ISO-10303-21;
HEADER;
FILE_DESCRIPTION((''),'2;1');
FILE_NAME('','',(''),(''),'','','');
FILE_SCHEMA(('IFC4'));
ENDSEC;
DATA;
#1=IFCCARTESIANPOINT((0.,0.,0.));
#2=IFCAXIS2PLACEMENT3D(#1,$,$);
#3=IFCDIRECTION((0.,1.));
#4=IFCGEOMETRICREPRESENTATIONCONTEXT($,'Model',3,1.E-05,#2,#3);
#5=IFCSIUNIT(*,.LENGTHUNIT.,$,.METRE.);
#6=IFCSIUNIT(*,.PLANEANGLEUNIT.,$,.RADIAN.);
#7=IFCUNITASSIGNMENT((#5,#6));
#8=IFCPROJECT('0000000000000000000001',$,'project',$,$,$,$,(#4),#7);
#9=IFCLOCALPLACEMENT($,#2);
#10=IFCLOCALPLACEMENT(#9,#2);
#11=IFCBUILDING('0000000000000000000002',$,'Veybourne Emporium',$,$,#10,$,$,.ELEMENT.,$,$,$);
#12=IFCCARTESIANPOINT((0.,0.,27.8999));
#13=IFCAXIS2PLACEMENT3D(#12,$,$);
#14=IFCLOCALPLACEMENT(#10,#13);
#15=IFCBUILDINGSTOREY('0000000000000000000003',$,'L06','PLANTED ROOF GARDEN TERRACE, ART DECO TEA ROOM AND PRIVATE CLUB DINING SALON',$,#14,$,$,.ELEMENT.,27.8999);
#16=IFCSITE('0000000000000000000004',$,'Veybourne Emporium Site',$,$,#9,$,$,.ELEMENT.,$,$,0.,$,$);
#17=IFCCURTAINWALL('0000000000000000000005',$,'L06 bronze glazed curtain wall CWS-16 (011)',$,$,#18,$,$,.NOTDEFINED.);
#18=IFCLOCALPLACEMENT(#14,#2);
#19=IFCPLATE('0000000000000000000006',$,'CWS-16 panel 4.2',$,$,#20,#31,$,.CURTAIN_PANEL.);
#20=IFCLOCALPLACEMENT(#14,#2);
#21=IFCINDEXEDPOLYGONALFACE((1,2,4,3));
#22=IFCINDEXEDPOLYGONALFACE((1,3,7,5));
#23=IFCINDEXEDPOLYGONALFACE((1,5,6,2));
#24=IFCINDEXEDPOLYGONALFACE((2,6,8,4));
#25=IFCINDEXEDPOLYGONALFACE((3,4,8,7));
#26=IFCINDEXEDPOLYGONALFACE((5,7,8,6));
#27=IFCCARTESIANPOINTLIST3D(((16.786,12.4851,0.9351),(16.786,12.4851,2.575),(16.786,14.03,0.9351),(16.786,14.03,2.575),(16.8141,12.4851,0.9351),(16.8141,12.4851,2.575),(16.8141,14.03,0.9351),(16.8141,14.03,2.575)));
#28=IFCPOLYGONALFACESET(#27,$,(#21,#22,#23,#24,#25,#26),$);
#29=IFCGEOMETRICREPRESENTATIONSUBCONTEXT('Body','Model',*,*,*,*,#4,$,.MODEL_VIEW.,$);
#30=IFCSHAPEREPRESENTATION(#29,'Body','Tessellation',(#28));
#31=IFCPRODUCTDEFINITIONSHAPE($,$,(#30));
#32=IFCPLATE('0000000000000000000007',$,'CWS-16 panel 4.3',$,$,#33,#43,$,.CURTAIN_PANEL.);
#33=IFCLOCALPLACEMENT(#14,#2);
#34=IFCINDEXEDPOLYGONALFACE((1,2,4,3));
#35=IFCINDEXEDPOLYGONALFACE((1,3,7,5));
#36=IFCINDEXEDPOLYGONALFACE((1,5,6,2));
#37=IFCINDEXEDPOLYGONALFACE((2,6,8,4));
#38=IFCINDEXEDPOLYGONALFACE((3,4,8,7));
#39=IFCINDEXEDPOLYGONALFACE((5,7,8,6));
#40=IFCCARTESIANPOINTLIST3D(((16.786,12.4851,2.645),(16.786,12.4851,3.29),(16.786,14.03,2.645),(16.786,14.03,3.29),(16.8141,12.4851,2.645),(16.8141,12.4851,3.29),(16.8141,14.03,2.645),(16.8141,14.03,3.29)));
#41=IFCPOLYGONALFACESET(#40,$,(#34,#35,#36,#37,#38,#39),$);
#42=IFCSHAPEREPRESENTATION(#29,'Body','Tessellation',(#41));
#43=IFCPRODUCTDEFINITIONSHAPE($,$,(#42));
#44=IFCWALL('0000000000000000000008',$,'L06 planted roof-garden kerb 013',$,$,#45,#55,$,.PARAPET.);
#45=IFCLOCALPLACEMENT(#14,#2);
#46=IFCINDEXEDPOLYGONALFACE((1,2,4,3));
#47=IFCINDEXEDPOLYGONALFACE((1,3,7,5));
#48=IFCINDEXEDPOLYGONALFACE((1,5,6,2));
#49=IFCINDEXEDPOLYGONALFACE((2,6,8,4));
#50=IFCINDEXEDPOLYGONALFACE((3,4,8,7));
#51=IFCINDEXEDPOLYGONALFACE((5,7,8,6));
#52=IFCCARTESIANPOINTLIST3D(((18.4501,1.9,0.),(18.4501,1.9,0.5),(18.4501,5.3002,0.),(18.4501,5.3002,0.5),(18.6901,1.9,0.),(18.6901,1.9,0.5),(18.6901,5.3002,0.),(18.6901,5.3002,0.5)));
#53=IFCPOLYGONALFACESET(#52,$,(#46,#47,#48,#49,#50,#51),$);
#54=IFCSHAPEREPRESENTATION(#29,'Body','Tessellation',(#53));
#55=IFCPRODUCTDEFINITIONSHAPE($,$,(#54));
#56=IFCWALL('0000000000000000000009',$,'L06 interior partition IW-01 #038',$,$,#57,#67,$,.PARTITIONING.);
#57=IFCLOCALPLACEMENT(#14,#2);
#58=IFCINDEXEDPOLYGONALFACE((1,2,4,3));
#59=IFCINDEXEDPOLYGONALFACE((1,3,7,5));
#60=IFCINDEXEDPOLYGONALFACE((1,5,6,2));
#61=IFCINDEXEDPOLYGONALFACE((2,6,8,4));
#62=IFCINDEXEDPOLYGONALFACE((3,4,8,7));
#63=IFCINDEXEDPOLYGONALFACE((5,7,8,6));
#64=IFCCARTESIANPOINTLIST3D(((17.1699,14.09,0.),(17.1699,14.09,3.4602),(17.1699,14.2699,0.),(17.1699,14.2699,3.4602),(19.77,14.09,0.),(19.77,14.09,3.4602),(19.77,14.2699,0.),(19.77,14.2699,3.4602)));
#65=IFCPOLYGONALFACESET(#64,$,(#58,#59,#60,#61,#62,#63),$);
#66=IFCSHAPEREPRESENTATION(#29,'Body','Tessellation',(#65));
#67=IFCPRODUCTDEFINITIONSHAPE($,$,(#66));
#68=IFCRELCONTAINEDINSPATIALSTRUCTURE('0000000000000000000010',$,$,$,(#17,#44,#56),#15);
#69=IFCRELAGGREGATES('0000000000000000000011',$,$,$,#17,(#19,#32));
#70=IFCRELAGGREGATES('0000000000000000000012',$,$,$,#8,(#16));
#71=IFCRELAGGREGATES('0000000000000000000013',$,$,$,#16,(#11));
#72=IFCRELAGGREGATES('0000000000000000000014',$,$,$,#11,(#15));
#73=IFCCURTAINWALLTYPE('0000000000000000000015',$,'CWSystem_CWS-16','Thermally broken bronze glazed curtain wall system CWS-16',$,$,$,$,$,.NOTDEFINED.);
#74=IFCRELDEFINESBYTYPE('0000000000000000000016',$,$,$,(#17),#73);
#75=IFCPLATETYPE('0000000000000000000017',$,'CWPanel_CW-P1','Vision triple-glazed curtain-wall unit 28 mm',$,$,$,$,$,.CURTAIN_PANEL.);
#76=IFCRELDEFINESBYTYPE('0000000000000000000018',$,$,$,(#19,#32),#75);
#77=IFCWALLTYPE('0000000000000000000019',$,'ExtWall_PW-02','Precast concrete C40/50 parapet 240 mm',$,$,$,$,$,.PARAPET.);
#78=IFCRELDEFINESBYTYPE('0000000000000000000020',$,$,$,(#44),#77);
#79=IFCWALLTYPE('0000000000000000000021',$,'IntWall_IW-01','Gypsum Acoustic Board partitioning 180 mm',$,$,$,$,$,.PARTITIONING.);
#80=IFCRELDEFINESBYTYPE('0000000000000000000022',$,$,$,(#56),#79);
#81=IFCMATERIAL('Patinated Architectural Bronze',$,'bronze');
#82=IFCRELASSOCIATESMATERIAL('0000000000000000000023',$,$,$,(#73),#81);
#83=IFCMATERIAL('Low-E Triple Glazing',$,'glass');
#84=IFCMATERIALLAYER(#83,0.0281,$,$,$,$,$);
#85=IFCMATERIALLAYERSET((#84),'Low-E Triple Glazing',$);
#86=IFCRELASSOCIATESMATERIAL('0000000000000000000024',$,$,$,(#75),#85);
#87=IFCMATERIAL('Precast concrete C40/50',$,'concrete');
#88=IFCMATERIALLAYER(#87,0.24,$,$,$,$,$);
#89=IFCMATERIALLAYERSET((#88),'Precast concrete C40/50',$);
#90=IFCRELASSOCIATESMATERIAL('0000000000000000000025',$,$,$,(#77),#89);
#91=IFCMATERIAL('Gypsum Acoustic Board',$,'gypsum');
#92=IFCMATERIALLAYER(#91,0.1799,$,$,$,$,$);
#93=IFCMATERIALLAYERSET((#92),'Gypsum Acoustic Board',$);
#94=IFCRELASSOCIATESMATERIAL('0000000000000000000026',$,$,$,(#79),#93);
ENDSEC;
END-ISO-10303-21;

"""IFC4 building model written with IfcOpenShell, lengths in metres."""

from ifc_helpers import new_model, si_unit, direction, frame, frame_2d, origin, origin_2d, place, context, subcontext, project, spatial, rectangle, extrude, material, layer, layer_set, type_object, element, aggregate, save


model = new_model("IFC4")

# Units and contexts
model_context = context("Model", 3, precision=1e-05, world=origin(), true_north=direction((0.0, 1.0)))
body_context = subcontext(model_context, "Body", "Model", "MODEL_VIEW")
ifc_project = project(units=[si_unit("LENGTHUNIT", "METRE"), si_unit("PLANEANGLEUNIT", "RADIAN")], contexts=[model_context])

# Site, building, storey
site_placement = place(None, origin())
site = spatial("IfcSite", under=ifc_project, at=site_placement, Name="Veybourne Emporium Site", CompositionType="ELEMENT", RefElevation=0.0)
building_placement = place(site_placement, origin())
building = spatial("IfcBuilding", under=site, at=building_placement, Name="Veybourne Emporium", CompositionType="ELEMENT")
storey_placement = place(building_placement, frame((0.0, 0.0, 27.8999)))
storey = spatial("IfcBuildingStorey", under=building, at=storey_placement, Name="L06", Description="PLANTED ROOF GARDEN TERRACE, ART DECO TEA ROOM AND PRIVATE CLUB DINING SALON", CompositionType="ELEMENT", Elevation=27.8999)

# Curtain wall
ifc_material_1 = material(Name="Patinated Architectural Bronze", Category="bronze")
curtain_wall_type = type_object("IfcCurtainWallType", Name="CWSystem_CWS-16", Description="Thermally broken bronze glazed curtain wall system CWS-16", PredefinedType="NOTDEFINED", material=ifc_material_1)
curtain_wall_placement = place(storey_placement, origin())
curtain_wall = element("IfcCurtainWall", 1, at=curtain_wall_placement, inside=storey, type_object=curtain_wall_type, Name="L06 bronze glazed curtain wall CWS-16 (011)", PredefinedType="NOTDEFINED")

# Plates
ifc_material_2 = material(Name="Low-E Triple Glazing", Category="glass")
ifc_layer_1 = layer(ifc_material_2, 0.0281)
ifc_layer_set_1 = layer_set([ifc_layer_1], Name="Low-E Triple Glazing")
plate_type = type_object("IfcPlateType", Name="CWPanel_CW-P1", Description="Vision triple-glazed curtain-wall unit 28 mm", PredefinedType="CURTAIN_PANEL", material=ifc_layer_set_1)
plate_1_placement = place(storey_placement, frame((16.8, 13.2576, 0.9351), z_axis=(0.0, 0.0, 1.0), x_axis=(0.0, 1.0, 0.0)))
plate_1 = element("IfcPlate", 2, at=plate_1_placement, type_object=plate_type, Name="CWS-16 panel 4.2", PredefinedType="CURTAIN_PANEL", context=body_context, shape_type="SweptSolid", body=[
    extrude(rectangle(XDim=1.5449, YDim=0.0281, at=origin_2d()), origin(), (0.0, 0.0, 1.0), 1.6399),
])
plate_2_placement = place(storey_placement, frame((16.8, 13.2576, 2.645), z_axis=(0.0, 0.0, 1.0), x_axis=(0.0, 1.0, 0.0)))
plate_2 = element("IfcPlate", 3, at=plate_2_placement, type_object=plate_type, Name="CWS-16 panel 4.3", PredefinedType="CURTAIN_PANEL", context=body_context, shape_type="SweptSolid", body=[
    extrude(rectangle(XDim=1.5449, YDim=0.0281, at=origin_2d()), origin(), (0.0, 0.0, 1.0), 0.645),
])
aggregate(curtain_wall, [plate_1, plate_2])

# Walls
ifc_material_3 = material(Name="Precast concrete C40/50", Category="concrete")
ifc_layer_2 = layer(ifc_material_3, 0.24)
ifc_layer_set_2 = layer_set([ifc_layer_2], Name="Precast concrete C40/50")
wall_type_1 = type_object("IfcWallType", Name="ExtWall_PW-02", Description="Precast concrete C40/50 parapet 240 mm", PredefinedType="PARAPET", material=ifc_layer_set_2)
wall_1_placement = place(storey_placement, frame((18.5701, 1.8999, 0.0), z_axis=(0.0, 0.0, 1.0), x_axis=(0.0, 1.0, 0.0)))
element("IfcWall", 4, at=wall_1_placement, inside=storey, type_object=wall_type_1, Name="L06 planted roof-garden kerb 013", PredefinedType="PARAPET", context=body_context, shape_type="SweptSolid", body=[
    extrude(rectangle(XDim=3.4001, YDim=0.24, at=frame_2d((1.7002, 0.0))), origin(), (0.0, 0.0, 1.0), 0.5),
])
ifc_material_4 = material(Name="Gypsum Acoustic Board", Category="gypsum")
ifc_layer_3 = layer(ifc_material_4, 0.1799)
ifc_layer_set_3 = layer_set([ifc_layer_3], Name="Gypsum Acoustic Board")
wall_type_2 = type_object("IfcWallType", Name="IntWall_IW-01", Description="Gypsum Acoustic Board partitioning 180 mm", PredefinedType="PARTITIONING", material=ifc_layer_set_3)
wall_2_placement = place(storey_placement, frame((17.1699, 14.1799, 0.0), z_axis=(0.0, 0.0, 1.0), x_axis=(1.0, 0.0, 0.0)))
element("IfcWall", 5, at=wall_2_placement, inside=storey, type_object=wall_type_2, Name="L06 interior partition IW-01 #038", PredefinedType="PARTITIONING", context=body_context, shape_type="SweptSolid", body=[
    extrude(rectangle(XDim=2.6001, YDim=0.1799, at=frame_2d((1.3, 0.0))), origin(), (0.0, 0.0, 1.0), 3.4602),
])

save(model, "model.ifc")
